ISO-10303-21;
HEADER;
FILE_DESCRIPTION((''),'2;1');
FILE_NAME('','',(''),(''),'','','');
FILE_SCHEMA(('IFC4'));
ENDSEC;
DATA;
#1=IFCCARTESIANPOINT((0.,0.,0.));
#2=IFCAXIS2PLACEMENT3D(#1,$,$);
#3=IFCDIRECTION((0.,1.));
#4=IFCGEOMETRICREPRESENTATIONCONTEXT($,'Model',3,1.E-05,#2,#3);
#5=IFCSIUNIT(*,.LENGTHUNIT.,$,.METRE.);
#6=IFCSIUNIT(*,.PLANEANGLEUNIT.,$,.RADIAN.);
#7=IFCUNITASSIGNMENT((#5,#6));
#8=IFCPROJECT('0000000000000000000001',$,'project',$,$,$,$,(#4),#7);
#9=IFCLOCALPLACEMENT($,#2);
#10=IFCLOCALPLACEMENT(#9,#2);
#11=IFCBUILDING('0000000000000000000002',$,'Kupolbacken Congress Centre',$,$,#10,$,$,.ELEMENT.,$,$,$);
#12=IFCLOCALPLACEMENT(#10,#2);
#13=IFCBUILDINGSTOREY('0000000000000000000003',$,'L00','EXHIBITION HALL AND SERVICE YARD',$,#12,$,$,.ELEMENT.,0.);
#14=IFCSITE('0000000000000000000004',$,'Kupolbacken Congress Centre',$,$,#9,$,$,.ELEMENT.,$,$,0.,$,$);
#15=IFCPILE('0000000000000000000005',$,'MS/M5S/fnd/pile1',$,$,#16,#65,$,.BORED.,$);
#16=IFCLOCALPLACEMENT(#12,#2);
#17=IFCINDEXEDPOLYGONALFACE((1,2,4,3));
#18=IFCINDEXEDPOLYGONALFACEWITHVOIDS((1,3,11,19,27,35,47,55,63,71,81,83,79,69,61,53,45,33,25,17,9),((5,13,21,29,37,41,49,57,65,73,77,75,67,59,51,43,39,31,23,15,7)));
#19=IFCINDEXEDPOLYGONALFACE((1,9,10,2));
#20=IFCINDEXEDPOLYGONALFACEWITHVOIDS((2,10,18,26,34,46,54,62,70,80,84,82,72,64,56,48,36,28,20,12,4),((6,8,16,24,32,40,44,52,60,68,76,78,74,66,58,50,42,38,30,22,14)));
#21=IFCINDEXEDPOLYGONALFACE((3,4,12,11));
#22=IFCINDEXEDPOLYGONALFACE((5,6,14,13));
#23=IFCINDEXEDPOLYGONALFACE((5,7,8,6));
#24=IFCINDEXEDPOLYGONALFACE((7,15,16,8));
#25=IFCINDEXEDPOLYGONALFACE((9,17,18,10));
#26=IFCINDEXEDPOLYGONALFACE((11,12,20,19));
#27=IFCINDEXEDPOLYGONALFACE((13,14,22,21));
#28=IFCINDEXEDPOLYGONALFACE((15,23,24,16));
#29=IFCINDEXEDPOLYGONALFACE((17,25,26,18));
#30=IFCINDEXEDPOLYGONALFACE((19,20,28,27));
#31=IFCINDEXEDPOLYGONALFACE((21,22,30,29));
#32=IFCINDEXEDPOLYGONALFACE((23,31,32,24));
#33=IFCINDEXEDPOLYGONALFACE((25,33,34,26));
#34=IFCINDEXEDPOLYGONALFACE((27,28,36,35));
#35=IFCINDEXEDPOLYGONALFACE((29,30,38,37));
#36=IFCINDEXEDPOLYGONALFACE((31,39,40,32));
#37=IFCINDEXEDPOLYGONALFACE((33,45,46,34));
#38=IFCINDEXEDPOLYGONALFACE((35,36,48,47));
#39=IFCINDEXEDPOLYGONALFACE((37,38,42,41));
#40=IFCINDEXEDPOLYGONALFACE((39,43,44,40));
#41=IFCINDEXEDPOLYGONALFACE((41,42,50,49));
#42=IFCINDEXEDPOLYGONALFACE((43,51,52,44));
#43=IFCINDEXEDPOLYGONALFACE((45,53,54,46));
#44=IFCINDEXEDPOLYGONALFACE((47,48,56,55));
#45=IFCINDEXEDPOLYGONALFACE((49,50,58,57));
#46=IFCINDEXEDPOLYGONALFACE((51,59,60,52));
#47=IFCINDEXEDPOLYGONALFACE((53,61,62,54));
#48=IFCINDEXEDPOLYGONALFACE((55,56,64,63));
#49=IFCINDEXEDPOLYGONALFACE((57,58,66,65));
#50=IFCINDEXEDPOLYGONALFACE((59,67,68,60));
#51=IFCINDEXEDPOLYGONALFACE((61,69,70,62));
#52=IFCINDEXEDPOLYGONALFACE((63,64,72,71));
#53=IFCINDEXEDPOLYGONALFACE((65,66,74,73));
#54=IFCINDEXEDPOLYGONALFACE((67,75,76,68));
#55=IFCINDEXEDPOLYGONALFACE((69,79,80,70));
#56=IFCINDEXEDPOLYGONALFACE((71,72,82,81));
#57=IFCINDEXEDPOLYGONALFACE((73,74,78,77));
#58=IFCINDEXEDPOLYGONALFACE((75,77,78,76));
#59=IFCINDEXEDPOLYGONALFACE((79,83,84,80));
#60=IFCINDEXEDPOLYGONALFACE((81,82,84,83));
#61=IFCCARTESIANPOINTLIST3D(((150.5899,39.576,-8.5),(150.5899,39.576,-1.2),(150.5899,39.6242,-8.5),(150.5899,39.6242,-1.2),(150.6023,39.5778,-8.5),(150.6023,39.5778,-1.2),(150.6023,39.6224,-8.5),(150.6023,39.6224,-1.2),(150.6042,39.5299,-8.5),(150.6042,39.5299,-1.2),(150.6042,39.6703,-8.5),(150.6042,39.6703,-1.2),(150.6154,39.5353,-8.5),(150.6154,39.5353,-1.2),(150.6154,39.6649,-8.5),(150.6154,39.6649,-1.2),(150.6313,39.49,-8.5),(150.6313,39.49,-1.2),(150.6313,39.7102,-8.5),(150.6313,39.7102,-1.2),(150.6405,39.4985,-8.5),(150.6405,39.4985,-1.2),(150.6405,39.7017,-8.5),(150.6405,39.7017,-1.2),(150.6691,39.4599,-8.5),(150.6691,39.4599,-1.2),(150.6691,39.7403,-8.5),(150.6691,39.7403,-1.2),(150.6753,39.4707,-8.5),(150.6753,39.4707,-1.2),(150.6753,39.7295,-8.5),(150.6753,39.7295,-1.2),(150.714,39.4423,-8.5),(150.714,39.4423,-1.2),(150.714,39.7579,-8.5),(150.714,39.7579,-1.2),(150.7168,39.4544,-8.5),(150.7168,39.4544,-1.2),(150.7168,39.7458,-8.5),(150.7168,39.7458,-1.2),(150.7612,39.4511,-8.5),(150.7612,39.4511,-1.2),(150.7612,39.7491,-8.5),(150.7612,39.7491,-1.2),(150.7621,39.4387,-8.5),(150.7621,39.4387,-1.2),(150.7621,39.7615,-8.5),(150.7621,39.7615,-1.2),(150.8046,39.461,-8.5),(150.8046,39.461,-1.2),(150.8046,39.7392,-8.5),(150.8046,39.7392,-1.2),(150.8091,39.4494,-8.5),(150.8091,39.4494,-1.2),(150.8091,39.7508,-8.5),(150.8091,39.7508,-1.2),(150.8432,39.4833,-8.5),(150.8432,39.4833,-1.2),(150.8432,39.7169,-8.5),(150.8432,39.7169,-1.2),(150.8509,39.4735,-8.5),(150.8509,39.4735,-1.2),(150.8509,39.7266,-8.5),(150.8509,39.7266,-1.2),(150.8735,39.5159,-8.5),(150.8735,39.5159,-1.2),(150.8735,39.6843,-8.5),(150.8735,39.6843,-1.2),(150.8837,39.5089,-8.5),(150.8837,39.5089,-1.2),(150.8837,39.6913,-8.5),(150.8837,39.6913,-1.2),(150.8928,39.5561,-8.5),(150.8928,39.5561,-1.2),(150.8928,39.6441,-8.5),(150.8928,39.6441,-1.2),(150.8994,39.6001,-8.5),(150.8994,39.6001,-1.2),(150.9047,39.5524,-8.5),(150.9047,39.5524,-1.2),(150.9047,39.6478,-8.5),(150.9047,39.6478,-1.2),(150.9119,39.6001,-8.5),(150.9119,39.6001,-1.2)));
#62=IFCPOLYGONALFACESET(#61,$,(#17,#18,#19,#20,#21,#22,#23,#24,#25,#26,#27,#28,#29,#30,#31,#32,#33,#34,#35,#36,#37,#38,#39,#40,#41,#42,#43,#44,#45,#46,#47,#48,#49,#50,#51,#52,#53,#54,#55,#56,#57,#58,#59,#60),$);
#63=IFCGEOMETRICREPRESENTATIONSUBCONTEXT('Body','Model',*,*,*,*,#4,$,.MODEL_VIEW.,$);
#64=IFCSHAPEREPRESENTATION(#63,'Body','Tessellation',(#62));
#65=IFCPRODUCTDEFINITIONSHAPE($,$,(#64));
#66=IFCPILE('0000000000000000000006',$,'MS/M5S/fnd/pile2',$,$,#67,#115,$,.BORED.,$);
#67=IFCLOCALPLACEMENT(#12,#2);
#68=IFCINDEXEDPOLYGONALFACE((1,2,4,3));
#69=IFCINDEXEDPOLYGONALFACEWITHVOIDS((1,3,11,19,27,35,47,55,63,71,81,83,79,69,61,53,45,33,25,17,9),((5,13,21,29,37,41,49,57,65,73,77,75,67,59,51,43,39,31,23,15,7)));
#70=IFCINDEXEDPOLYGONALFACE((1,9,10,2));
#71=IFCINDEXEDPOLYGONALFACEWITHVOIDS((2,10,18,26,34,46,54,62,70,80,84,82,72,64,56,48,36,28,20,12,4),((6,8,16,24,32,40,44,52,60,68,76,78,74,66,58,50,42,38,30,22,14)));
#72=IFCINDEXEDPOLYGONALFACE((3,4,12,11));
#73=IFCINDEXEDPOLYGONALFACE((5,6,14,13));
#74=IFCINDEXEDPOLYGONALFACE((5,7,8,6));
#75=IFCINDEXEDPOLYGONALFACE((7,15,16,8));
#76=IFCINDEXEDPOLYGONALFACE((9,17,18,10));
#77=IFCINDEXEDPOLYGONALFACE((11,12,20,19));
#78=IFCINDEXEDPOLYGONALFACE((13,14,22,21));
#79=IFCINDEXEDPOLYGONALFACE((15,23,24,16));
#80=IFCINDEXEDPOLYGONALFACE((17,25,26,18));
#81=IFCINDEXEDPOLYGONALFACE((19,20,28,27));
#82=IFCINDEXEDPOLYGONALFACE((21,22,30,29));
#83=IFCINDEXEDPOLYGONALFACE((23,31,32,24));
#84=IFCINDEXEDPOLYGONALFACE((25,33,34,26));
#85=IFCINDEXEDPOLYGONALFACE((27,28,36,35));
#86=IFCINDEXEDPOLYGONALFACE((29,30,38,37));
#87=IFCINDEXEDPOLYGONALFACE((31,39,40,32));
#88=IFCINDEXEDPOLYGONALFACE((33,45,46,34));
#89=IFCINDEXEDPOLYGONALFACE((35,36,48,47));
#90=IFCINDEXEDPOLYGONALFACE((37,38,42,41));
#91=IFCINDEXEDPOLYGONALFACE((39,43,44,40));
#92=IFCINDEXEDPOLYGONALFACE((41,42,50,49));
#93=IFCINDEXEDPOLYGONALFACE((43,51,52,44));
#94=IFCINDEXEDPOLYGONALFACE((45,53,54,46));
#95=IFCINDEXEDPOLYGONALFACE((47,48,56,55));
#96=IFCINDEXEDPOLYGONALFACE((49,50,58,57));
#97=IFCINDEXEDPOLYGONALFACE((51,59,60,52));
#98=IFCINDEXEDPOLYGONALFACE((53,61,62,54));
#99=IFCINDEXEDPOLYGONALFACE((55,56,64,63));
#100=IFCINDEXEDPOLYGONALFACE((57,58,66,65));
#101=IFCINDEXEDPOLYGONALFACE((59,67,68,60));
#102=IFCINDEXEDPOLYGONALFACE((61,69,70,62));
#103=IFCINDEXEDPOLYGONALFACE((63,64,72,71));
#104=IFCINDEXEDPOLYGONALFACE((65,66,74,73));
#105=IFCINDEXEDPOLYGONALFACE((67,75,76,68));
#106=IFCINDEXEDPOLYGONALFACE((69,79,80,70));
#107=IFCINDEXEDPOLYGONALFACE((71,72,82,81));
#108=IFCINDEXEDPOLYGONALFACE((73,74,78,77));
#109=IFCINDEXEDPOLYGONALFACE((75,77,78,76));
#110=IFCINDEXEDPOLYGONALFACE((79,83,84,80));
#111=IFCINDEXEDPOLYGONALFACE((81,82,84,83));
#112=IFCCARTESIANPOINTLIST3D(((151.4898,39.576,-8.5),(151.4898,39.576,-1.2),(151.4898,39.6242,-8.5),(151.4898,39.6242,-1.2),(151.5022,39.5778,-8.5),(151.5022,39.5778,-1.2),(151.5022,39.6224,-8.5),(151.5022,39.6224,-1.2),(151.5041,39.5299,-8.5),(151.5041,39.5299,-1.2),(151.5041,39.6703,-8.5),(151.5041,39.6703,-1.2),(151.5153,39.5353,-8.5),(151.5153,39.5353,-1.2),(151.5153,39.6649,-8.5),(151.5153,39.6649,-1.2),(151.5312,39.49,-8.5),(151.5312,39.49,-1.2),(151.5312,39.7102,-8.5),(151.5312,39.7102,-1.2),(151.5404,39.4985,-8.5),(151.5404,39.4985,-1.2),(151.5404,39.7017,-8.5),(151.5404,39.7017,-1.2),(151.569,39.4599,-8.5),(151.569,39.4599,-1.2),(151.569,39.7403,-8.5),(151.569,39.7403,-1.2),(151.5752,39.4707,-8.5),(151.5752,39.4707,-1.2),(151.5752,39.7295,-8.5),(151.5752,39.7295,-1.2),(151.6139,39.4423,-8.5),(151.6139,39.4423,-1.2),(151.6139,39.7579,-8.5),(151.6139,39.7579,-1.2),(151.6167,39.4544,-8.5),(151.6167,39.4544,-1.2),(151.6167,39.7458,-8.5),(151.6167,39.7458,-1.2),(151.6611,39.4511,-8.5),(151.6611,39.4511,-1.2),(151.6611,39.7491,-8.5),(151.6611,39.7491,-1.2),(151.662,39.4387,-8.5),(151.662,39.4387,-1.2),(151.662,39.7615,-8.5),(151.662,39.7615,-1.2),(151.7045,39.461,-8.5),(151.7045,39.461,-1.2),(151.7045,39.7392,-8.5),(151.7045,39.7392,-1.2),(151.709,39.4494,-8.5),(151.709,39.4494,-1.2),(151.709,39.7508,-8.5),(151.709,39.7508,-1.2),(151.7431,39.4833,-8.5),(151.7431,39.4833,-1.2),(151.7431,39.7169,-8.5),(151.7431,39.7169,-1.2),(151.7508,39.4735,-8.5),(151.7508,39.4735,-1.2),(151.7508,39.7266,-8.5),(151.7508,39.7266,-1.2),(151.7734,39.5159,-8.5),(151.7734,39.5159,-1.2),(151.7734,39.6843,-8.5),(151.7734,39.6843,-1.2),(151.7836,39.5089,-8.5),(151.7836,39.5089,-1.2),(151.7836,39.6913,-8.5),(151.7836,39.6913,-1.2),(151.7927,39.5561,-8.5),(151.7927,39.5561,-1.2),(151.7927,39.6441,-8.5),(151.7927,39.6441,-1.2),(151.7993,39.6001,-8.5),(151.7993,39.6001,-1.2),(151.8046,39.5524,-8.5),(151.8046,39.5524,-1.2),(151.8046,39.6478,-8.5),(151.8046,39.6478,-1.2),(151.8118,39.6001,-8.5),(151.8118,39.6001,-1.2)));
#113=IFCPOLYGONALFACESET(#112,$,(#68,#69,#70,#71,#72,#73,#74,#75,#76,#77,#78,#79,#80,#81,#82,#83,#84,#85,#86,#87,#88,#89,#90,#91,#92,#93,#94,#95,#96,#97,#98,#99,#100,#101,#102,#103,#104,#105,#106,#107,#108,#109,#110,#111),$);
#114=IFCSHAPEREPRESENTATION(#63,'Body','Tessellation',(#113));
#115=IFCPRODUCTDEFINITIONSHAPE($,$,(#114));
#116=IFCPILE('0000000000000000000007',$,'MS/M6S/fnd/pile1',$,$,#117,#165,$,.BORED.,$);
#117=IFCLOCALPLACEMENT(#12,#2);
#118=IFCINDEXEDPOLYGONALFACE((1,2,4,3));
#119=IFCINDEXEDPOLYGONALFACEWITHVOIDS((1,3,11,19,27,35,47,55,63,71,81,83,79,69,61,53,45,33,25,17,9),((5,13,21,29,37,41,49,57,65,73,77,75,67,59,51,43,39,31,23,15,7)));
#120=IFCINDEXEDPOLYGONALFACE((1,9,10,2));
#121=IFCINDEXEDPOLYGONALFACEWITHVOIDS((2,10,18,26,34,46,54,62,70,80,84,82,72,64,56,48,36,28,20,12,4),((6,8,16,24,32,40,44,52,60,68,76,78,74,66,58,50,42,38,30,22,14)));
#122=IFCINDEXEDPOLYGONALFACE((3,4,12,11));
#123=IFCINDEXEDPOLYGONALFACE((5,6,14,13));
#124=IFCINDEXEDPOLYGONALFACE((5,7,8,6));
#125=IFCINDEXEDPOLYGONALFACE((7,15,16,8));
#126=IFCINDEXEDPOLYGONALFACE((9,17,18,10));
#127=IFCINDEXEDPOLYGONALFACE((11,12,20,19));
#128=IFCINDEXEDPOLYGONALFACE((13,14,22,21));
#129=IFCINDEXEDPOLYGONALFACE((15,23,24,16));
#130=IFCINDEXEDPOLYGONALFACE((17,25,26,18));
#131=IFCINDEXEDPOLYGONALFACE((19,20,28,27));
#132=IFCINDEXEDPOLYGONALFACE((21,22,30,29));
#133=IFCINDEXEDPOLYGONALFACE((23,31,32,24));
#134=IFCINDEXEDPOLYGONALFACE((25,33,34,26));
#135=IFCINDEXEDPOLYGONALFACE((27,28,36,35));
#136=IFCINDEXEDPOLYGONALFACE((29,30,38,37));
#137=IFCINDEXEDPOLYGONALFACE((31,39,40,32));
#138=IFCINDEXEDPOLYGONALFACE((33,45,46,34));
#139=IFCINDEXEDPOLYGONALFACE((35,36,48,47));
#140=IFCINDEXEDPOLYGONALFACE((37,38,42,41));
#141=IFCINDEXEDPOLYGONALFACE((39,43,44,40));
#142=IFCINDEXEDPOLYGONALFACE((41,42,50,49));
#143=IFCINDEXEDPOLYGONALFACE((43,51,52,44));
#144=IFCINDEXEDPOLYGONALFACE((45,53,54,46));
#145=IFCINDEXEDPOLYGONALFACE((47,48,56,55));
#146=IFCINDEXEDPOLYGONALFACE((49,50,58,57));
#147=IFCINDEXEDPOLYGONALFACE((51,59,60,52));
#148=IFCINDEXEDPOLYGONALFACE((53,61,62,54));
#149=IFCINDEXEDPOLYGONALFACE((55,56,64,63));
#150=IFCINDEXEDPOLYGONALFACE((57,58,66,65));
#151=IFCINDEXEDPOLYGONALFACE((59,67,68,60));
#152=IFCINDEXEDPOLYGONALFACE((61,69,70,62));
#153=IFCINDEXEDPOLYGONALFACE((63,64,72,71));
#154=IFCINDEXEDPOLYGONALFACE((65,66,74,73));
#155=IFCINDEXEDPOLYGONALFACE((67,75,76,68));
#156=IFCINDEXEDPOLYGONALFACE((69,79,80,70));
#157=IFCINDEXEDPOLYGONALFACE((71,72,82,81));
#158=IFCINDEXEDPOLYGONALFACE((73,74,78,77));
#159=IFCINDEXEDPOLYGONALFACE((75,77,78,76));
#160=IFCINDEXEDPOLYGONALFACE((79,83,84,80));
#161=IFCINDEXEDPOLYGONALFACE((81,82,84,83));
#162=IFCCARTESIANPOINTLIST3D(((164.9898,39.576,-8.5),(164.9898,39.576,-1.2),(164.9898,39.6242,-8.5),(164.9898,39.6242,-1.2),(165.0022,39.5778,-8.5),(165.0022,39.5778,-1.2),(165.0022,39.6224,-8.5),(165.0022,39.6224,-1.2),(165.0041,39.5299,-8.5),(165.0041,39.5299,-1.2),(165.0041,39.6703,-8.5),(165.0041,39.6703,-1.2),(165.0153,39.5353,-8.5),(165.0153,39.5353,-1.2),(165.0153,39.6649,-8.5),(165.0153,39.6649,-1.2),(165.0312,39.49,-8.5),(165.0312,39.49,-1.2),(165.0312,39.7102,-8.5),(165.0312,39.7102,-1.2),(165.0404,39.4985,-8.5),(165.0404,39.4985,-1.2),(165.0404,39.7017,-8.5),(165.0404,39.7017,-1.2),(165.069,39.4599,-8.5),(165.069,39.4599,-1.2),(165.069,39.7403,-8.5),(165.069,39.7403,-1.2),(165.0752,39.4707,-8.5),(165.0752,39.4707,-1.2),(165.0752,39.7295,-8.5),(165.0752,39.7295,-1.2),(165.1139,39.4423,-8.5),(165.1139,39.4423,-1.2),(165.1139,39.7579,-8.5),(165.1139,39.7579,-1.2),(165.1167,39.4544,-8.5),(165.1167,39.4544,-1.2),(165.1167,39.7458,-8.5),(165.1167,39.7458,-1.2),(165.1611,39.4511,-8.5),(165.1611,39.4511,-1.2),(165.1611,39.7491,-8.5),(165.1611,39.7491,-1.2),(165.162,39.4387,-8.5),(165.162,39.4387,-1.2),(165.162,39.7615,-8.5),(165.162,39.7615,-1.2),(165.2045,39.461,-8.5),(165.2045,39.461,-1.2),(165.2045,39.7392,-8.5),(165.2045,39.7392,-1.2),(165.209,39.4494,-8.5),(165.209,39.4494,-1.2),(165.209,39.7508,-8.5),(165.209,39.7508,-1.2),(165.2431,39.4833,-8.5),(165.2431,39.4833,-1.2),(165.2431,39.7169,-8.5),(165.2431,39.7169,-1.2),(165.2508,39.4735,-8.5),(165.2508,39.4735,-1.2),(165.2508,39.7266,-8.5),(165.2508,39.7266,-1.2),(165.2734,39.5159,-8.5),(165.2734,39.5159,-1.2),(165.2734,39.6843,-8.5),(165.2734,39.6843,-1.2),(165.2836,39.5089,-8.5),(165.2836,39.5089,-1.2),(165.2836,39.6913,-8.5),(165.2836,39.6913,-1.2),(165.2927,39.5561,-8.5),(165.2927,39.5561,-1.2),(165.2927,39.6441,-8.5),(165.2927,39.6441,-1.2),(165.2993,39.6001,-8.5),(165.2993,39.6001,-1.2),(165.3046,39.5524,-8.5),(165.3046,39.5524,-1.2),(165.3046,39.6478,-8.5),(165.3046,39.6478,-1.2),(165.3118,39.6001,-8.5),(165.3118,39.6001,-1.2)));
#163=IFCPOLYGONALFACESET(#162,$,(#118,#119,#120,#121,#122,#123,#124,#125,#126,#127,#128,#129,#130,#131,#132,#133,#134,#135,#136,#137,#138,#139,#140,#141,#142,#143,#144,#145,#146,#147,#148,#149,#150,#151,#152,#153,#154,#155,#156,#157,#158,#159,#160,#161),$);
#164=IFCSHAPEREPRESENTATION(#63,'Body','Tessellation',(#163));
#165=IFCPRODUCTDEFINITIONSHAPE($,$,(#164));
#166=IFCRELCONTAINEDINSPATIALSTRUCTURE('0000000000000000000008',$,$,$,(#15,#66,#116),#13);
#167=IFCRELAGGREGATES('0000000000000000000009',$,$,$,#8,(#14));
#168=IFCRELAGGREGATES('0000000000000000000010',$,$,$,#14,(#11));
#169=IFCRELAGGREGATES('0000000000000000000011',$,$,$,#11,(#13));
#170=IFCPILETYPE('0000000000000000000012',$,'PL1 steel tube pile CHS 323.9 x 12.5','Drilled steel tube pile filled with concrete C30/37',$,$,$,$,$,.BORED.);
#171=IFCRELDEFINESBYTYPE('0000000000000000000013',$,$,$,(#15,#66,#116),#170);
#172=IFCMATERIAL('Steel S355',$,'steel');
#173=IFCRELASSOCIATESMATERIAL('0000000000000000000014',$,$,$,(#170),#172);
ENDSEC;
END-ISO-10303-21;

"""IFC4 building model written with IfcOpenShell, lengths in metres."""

from ifc_helpers import new_model, si_unit, direction, frame, origin, origin_2d, place, context, subcontext, project, spatial, hollow_circle, extrude, material, material_profile, profile_set, type_object, element, save


model = new_model("IFC4")

# Units and contexts
model_context = context("Model", 3, precision=1e-05, world=origin(), true_north=direction((0.0, 1.0)))
body_context = subcontext(model_context, "Body", "Model", "MODEL_VIEW")
ifc_project = project(units=[si_unit("LENGTHUNIT", "METRE"), si_unit("PLANEANGLEUNIT", "RADIAN")], contexts=[model_context])

# Site, building, storey
site_placement = place(None, origin())
site = spatial("IfcSite", under=ifc_project, at=site_placement, Name="Kupolbacken Congress Centre", CompositionType="ELEMENT", RefElevation=0.0)
building_placement = place(site_placement, origin())
building = spatial("IfcBuilding", under=site, at=building_placement, Name="Kupolbacken Congress Centre", CompositionType="ELEMENT")
storey_placement = place(building_placement, origin())
storey = spatial("IfcBuildingStorey", under=building, at=storey_placement, Name="L00", Description="EXHIBITION HALL AND SERVICE YARD", CompositionType="ELEMENT", Elevation=0.0)

# Piles
ifc_material_1 = material(Name="Steel S355", Category="steel")
ifc_material_profile_1 = material_profile(ifc_material_1, hollow_circle(Radius=0.1619, WallThickness=0.0125, at=origin_2d()), Name="CHS 323.9 x 12.5")
ifc_profile_set_1 = profile_set([ifc_material_profile_1], Name="Steel S355")
pile_type = type_object("IfcPileType", Name="PL1 steel tube pile CHS 323.9 x 12.5", Description="Drilled steel tube pile filled with concrete C30/37", PredefinedType="BORED", material=ifc_profile_set_1)
for number, where, z_axis, x_axis, name in (
    (1, (150.75, 39.6001, -1.2), (0.0, 0.0, -1.0), (1.0, 0.0, 0.0), "MS/M5S/fnd/pile1"),
    (2, (151.6499, 39.6001, -1.2), (0.0, 0.0, -1.0), (1.0, 0.0, 0.0), "MS/M5S/fnd/pile2"),
    (3, (165.1499, 39.6001, -1.2), (0.0, 0.0, -1.0), (1.0, 0.0, 0.0), "MS/M6S/fnd/pile1"),
):
    element("IfcPile", number, at=place(storey_placement, frame(where, z_axis=z_axis, x_axis=x_axis)), inside=storey, type_object=pile_type, Name=name, PredefinedType="BORED", context=body_context, shape_type="SweptSolid", body=[
        extrude(hollow_circle(Radius=0.1619, WallThickness=0.0125, at=origin_2d()), origin(), (0.0, 0.0, 1.0), 7.3),
    ])

save(model, "model.ifc")
